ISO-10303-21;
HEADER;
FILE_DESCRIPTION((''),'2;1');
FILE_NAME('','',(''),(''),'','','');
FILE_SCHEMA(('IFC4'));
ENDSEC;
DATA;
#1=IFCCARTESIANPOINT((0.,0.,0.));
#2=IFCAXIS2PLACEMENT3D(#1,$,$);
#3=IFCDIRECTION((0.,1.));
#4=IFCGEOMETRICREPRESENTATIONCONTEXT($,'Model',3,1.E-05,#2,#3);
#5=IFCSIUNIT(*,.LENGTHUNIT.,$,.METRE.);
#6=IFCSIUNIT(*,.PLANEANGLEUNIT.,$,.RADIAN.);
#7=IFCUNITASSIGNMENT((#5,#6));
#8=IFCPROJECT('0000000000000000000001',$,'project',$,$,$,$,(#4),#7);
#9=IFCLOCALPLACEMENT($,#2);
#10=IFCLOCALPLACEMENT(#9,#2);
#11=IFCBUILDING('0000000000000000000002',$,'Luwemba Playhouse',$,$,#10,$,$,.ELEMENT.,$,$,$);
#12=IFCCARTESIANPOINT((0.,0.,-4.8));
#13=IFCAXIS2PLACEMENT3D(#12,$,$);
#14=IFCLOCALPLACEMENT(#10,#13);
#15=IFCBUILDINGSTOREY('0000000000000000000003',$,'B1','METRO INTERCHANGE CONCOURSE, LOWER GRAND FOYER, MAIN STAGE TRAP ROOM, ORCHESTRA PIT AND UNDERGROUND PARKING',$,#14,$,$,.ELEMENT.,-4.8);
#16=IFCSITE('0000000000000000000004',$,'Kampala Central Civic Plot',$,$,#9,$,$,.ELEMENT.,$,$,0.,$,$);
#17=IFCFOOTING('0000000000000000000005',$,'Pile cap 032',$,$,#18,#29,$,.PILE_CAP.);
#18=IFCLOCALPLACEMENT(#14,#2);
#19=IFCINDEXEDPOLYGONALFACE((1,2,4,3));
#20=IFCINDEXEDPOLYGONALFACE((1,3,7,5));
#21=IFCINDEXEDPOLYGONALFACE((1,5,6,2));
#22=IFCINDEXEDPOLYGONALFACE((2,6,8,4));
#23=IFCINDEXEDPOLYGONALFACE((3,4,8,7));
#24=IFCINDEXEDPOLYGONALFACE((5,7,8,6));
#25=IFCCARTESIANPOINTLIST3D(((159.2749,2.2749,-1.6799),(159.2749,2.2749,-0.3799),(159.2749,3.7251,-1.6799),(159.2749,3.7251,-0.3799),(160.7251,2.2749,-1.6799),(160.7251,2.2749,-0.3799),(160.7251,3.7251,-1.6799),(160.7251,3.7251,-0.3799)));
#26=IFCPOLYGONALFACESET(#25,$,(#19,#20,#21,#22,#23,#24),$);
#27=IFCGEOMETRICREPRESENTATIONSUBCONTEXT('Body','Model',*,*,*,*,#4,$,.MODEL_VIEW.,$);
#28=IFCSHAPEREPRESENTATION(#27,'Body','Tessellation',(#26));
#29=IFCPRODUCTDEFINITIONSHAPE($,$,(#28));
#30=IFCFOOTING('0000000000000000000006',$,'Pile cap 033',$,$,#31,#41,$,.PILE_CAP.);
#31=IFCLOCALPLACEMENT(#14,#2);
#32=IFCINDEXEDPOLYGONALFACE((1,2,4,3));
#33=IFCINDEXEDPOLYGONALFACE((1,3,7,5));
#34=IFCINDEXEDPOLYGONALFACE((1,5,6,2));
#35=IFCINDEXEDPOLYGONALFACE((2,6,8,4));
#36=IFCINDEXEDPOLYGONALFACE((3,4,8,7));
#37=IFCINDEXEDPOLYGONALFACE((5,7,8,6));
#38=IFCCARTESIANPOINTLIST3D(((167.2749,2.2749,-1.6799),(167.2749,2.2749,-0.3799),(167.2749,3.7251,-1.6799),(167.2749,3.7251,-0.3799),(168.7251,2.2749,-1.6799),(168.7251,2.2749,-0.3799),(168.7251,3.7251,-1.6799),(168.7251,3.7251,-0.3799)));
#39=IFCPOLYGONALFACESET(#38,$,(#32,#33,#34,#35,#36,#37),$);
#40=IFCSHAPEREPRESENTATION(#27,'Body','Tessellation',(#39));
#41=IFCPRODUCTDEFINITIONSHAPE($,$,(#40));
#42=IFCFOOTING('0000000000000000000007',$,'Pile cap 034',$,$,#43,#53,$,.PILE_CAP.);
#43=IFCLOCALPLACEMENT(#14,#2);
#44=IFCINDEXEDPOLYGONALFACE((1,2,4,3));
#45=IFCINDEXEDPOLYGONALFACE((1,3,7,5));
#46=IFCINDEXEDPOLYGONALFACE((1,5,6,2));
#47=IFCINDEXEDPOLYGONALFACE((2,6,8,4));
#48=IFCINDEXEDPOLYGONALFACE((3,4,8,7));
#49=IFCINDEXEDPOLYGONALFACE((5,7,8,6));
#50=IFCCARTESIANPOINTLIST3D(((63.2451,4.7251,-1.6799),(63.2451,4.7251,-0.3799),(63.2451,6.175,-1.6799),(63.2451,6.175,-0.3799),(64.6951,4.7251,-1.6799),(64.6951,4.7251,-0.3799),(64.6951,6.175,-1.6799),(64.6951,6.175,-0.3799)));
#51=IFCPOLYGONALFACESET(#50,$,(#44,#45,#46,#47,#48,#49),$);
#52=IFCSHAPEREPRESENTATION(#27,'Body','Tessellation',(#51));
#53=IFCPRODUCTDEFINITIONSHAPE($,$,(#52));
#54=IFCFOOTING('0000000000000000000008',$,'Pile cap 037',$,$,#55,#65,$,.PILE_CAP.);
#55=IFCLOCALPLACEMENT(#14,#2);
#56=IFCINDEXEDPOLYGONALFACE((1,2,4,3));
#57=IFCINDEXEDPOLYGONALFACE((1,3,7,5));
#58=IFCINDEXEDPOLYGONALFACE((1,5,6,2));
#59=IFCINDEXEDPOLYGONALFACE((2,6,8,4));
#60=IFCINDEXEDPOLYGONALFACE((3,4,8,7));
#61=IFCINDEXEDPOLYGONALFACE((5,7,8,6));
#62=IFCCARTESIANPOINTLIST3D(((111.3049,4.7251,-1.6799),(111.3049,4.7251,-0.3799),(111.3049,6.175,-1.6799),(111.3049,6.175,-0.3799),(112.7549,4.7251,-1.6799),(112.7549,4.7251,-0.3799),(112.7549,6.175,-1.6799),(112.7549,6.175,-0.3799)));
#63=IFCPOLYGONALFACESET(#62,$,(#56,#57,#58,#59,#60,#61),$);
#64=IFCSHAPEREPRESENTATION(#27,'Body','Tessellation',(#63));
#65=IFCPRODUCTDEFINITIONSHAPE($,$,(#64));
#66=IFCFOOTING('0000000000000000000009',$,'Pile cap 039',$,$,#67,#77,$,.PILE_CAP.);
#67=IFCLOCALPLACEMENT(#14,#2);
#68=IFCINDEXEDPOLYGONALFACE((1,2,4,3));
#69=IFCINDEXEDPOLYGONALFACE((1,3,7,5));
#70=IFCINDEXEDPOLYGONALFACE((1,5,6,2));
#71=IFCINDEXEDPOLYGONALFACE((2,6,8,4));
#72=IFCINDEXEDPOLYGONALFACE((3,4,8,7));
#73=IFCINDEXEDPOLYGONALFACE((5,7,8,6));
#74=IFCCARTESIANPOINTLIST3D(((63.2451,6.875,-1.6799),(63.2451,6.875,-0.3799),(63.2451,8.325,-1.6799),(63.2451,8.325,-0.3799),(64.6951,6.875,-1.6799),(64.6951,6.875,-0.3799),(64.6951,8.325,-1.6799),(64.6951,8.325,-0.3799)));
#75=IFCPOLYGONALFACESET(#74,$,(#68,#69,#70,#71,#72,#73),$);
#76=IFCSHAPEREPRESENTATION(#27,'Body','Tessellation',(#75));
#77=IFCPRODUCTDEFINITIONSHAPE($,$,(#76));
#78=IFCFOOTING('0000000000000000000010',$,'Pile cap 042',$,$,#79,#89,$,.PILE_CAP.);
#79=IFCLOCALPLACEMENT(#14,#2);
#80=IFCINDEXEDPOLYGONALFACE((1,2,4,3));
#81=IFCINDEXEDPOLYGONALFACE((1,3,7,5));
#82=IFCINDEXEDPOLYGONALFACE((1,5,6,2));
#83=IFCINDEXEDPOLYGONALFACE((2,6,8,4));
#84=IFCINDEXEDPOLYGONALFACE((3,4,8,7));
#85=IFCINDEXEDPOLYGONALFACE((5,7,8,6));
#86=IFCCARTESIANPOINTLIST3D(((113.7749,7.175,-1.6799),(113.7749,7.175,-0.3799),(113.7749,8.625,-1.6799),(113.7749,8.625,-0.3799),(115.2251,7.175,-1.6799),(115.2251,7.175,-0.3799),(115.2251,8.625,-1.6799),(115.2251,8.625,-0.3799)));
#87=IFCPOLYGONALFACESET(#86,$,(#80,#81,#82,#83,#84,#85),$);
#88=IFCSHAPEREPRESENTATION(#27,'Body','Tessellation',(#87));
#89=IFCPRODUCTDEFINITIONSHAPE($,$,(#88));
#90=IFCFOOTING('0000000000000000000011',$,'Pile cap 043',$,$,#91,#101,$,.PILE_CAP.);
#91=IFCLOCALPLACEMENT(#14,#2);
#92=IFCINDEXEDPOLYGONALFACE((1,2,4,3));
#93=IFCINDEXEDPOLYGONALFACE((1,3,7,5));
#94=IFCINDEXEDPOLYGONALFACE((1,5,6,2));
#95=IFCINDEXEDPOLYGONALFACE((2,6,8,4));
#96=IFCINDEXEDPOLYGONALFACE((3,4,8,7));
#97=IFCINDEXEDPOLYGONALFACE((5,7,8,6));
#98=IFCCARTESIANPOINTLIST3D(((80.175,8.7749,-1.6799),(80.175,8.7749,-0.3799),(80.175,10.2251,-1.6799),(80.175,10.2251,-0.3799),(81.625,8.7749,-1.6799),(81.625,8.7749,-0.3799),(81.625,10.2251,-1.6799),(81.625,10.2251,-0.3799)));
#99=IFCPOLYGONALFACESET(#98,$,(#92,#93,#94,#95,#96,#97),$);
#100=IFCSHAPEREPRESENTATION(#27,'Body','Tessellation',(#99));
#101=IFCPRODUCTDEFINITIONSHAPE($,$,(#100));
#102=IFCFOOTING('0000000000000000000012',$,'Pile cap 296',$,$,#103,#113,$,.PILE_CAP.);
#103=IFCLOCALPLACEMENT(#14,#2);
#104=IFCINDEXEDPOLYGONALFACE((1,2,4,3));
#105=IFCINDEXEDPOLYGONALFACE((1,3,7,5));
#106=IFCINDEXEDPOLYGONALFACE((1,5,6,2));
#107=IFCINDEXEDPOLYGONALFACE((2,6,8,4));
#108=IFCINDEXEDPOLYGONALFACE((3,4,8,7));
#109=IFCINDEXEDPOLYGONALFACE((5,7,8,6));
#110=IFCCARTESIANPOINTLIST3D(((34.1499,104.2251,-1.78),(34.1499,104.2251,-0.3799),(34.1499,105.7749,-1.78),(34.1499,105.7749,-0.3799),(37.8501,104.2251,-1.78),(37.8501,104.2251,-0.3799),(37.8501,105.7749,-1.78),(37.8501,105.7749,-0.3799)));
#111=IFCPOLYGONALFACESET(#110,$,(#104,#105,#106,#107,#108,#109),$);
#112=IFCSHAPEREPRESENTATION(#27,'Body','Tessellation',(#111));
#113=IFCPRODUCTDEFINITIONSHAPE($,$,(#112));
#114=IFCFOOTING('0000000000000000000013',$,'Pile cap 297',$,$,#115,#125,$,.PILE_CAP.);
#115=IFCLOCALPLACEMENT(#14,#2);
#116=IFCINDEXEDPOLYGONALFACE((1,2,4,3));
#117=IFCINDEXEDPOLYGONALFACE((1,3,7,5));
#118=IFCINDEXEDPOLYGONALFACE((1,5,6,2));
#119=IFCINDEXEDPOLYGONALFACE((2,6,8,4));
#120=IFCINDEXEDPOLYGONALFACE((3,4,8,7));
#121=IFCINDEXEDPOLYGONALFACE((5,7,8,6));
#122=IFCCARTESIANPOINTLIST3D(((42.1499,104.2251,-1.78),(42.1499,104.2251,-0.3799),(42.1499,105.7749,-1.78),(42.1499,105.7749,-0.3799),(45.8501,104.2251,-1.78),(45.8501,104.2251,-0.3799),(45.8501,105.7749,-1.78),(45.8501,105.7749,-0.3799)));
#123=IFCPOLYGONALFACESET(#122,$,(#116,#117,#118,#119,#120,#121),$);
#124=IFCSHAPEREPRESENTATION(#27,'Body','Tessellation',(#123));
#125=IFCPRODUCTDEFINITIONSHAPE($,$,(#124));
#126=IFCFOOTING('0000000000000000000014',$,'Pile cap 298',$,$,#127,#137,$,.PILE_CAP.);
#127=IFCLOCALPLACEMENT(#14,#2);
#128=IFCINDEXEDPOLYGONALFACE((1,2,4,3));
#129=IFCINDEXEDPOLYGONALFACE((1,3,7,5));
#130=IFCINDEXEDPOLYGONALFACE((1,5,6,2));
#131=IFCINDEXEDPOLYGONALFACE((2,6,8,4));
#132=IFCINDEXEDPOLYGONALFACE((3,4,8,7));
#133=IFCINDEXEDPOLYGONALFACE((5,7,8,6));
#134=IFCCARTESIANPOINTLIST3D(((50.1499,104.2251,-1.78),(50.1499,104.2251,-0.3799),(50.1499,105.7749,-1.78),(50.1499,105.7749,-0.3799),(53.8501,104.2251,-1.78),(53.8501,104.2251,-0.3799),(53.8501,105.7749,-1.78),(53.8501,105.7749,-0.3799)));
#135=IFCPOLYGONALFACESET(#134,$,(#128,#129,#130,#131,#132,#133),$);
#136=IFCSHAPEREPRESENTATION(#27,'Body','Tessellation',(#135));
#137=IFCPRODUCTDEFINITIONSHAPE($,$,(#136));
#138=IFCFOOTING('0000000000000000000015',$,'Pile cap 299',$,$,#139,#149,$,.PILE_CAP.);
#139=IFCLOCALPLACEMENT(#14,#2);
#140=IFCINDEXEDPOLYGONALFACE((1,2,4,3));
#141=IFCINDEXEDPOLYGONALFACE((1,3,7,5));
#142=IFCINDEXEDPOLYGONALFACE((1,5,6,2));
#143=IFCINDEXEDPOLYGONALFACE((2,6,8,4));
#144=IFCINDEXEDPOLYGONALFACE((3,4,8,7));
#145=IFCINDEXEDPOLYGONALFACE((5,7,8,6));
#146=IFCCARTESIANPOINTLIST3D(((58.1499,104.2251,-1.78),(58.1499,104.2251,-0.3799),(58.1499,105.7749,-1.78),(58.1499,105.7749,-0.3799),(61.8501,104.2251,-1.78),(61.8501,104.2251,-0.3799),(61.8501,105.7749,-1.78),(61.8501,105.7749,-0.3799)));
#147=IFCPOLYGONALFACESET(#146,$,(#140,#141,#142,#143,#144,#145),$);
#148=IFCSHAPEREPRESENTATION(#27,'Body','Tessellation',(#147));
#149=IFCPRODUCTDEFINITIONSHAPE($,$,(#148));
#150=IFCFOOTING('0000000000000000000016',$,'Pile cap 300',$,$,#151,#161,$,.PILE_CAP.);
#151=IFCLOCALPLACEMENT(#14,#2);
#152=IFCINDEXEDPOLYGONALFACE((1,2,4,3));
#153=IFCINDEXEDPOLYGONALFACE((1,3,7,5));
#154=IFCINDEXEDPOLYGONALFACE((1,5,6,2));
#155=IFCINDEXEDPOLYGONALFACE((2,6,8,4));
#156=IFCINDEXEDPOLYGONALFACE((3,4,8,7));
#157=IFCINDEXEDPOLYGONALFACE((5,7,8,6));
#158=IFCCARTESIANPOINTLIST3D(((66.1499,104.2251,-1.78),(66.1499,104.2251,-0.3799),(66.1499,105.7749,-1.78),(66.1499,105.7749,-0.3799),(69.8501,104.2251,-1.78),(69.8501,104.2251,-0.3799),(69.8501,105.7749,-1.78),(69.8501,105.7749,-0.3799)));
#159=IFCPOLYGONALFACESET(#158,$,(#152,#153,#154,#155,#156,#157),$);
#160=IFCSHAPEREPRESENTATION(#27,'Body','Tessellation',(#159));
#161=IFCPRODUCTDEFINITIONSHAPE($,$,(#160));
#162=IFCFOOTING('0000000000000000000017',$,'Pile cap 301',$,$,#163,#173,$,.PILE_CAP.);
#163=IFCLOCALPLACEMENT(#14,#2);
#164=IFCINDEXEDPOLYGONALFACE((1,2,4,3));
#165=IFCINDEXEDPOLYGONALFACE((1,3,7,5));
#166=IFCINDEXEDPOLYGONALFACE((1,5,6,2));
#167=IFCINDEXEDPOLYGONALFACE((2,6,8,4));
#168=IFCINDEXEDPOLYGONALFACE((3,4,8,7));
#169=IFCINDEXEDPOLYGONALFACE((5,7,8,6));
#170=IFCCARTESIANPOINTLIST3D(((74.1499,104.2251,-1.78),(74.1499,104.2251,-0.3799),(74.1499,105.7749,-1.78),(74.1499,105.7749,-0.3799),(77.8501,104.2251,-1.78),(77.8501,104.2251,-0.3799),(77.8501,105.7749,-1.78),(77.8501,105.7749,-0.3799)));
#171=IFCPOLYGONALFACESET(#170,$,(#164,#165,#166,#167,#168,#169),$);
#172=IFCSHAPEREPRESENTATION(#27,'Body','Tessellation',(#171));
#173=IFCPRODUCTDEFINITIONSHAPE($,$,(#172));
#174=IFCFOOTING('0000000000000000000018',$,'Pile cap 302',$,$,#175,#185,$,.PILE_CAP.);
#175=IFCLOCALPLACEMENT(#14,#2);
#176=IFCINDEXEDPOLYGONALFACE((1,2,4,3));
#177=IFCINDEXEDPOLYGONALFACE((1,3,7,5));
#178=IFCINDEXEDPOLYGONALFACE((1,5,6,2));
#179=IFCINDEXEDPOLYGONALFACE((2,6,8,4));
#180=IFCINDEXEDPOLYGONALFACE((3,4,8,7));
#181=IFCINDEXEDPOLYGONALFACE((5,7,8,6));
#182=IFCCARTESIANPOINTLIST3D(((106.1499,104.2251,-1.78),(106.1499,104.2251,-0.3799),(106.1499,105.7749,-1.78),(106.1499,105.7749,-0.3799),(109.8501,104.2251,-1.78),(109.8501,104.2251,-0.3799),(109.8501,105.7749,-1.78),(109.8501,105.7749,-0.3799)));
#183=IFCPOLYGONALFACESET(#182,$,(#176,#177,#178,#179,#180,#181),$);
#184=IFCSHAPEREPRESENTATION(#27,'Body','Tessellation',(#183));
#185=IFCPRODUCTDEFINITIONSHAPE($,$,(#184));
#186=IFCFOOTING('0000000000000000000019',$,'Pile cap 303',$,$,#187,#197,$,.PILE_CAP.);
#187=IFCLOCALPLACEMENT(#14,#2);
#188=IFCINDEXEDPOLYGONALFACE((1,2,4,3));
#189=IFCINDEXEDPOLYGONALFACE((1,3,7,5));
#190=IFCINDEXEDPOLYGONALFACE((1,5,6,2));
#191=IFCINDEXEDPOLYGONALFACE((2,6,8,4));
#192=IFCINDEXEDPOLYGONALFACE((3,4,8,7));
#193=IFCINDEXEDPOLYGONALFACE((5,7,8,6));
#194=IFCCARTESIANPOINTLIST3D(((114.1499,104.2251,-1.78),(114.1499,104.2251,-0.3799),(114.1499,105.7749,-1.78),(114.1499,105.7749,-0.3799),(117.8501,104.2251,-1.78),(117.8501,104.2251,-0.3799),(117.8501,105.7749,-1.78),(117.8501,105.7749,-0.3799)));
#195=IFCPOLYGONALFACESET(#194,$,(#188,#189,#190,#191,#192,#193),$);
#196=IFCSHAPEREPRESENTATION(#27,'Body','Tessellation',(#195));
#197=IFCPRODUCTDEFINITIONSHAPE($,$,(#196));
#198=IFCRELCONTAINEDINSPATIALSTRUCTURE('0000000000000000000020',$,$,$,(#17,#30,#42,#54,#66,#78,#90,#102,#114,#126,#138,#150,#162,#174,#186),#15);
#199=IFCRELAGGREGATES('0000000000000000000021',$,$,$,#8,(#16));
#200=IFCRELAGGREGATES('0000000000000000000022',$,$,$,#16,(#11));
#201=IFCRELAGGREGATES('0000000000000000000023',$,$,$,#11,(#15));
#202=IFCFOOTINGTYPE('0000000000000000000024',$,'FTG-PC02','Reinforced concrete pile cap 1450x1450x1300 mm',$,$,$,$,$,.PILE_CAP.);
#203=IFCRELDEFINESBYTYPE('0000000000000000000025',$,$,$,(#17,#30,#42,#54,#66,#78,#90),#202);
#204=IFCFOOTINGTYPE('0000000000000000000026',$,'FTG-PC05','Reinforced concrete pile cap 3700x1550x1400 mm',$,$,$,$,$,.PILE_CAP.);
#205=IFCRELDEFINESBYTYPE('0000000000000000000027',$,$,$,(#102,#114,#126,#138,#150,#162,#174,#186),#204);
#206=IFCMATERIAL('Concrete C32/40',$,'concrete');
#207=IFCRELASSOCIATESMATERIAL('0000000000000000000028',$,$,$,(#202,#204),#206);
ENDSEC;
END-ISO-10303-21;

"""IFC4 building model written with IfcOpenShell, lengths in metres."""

from ifc_helpers import new_model, si_unit, direction, frame, origin, place, context, subcontext, project, spatial, polyline, outline, extrude, material, type_object, element, save


model = new_model("IFC4")

# Units and contexts
model_context = context("Model", 3, precision=1e-05, world=origin(), true_north=direction((0.0, 1.0)))
body_context = subcontext(model_context, "Body", "Model", "MODEL_VIEW")
ifc_project = project(units=[si_unit("LENGTHUNIT", "METRE"), si_unit("PLANEANGLEUNIT", "RADIAN")], contexts=[model_context])

# Site, building, storey
site_placement = place(None, origin())
site = spatial("IfcSite", under=ifc_project, at=site_placement, Name="Kampala Central Civic Plot", CompositionType="ELEMENT", RefElevation=0.0)
building_placement = place(site_placement, origin())
building = spatial("IfcBuilding", under=site, at=building_placement, Name="Luwemba Playhouse", CompositionType="ELEMENT")
storey_placement = place(building_placement, frame((0.0, 0.0, -4.8)))
storey = spatial("IfcBuildingStorey", under=building, at=storey_placement, Name="B1", Description="METRO INTERCHANGE CONCOURSE, LOWER GRAND FOYER, MAIN STAGE TRAP ROOM, ORCHESTRA PIT AND UNDERGROUND PARKING", CompositionType="ELEMENT", Elevation=-4.8)

# Footings
ifc_material = material(Name="Concrete C32/40", Category="concrete")
footing_type_1 = type_object("IfcFootingType", Name="FTG-PC02", Description="Reinforced concrete pile cap 1450x1450x1300 mm", PredefinedType="PILE_CAP", material=ifc_material)
footing_1_placement = place(storey_placement, frame((0.0, 0.0, -1.6799)))
element("IfcFooting", 1, at=footing_1_placement, inside=storey, type_object=footing_type_1, Name="Pile cap 032", PredefinedType="PILE_CAP", context=body_context, shape_type="SweptSolid", body=[
    extrude(outline(polyline([(159.2749, 2.2749), (160.7251, 2.2749), (160.7251, 3.7251), (159.2749, 3.7251), (159.2749, 2.2749)])), origin(), (0.0, 0.0, 1.0), 1.3),
])
footing_2_placement = place(storey_placement, frame((0.0, 0.0, -1.6799)))
element("IfcFooting", 2, at=footing_2_placement, inside=storey, type_object=footing_type_1, Name="Pile cap 033", PredefinedType="PILE_CAP", context=body_context, shape_type="SweptSolid", body=[
    extrude(outline(polyline([(167.2749, 2.2749), (168.7251, 2.2749), (168.7251, 3.7251), (167.2749, 3.7251), (167.2749, 2.2749)])), origin(), (0.0, 0.0, 1.0), 1.3),
])
footing_3_placement = place(storey_placement, frame((0.0, 0.0, -1.6799)))
element("IfcFooting", 3, at=footing_3_placement, inside=storey, type_object=footing_type_1, Name="Pile cap 034", PredefinedType="PILE_CAP", context=body_context, shape_type="SweptSolid", body=[
    extrude(outline(polyline([(63.2451, 4.7251), (64.6951, 4.7251), (64.6951, 6.175), (63.2451, 6.175), (63.2451, 4.7251)])), origin(), (0.0, 0.0, 1.0), 1.3),
])
footing_4_placement = place(storey_placement, frame((0.0, 0.0, -1.6799)))
element("IfcFooting", 4, at=footing_4_placement, inside=storey, type_object=footing_type_1, Name="Pile cap 037", PredefinedType="PILE_CAP", context=body_context, shape_type="SweptSolid", body=[
    extrude(outline(polyline([(111.3049, 4.7251), (112.7549, 4.7251), (112.7549, 6.175), (111.3049, 6.175), (111.3049, 4.7251)])), origin(), (0.0, 0.0, 1.0), 1.3),
])
footing_5_placement = place(storey_placement, frame((0.0, 0.0, -1.6799)))
element("IfcFooting", 5, at=footing_5_placement, inside=storey, type_object=footing_type_1, Name="Pile cap 039", PredefinedType="PILE_CAP", context=body_context, shape_type="SweptSolid", body=[
    extrude(outline(polyline([(63.2451, 6.875), (64.6951, 6.875), (64.6951, 8.325), (63.2451, 8.325), (63.2451, 6.875)])), origin(), (0.0, 0.0, 1.0), 1.3),
])
footing_6_placement = place(storey_placement, frame((0.0, 0.0, -1.6799)))
element("IfcFooting", 6, at=footing_6_placement, inside=storey, type_object=footing_type_1, Name="Pile cap 042", PredefinedType="PILE_CAP", context=body_context, shape_type="SweptSolid", body=[
    extrude(outline(polyline([(113.7749, 7.175), (115.2251, 7.175), (115.2251, 8.625), (113.7749, 8.625), (113.7749, 7.175)])), origin(), (0.0, 0.0, 1.0), 1.3),
])
footing_7_placement = place(storey_placement, frame((0.0, 0.0, -1.6799)))
element("IfcFooting", 7, at=footing_7_placement, inside=storey, type_object=footing_type_1, Name="Pile cap 043", PredefinedType="PILE_CAP", context=body_context, shape_type="SweptSolid", body=[
    extrude(outline(polyline([(80.175, 8.7749), (81.625, 8.7749), (81.625, 10.2251), (80.175, 10.2251), (80.175, 8.7749)])), origin(), (0.0, 0.0, 1.0), 1.3),
])
footing_type_2 = type_object("IfcFootingType", Name="FTG-PC05", Description="Reinforced concrete pile cap 3700x1550x1400 mm", PredefinedType="PILE_CAP", material=ifc_material)
footing_8_placement = place(storey_placement, frame((0.0, 0.0, -1.78)))
element("IfcFooting", 8, at=footing_8_placement, inside=storey, type_object=footing_type_2, Name="Pile cap 296", PredefinedType="PILE_CAP", context=body_context, shape_type="SweptSolid", body=[
    extrude(outline(polyline([(34.1499, 104.2251), (37.8501, 104.2251), (37.8501, 105.7749), (34.1499, 105.7749), (34.1499, 104.2251)])), origin(), (0.0, 0.0, 1.0), 1.4001),
])
footing_9_placement = place(storey_placement, frame((0.0, 0.0, -1.78)))
element("IfcFooting", 9, at=footing_9_placement, inside=storey, type_object=footing_type_2, Name="Pile cap 297", PredefinedType="PILE_CAP", context=body_context, shape_type="SweptSolid", body=[
    extrude(outline(polyline([(42.1499, 104.2251), (45.8501, 104.2251), (45.8501, 105.7749), (42.1499, 105.7749), (42.1499, 104.2251)])), origin(), (0.0, 0.0, 1.0), 1.4001),
])
footing_10_placement = place(storey_placement, frame((0.0, 0.0, -1.78)))
element("IfcFooting", 10, at=footing_10_placement, inside=storey, type_object=footing_type_2, Name="Pile cap 298", PredefinedType="PILE_CAP", context=body_context, shape_type="SweptSolid", body=[
    extrude(outline(polyline([(50.1499, 104.2251), (53.8501, 104.2251), (53.8501, 105.7749), (50.1499, 105.7749), (50.1499, 104.2251)])), origin(), (0.0, 0.0, 1.0), 1.4001),
])
footing_11_placement = place(storey_placement, frame((0.0, 0.0, -1.78)))
element("IfcFooting", 11, at=footing_11_placement, inside=storey, type_object=footing_type_2, Name="Pile cap 299", PredefinedType="PILE_CAP", context=body_context, shape_type="SweptSolid", body=[
    extrude(outline(polyline([(58.1499, 104.2251), (61.8501, 104.2251), (61.8501, 105.7749), (58.1499, 105.7749), (58.1499, 104.2251)])), origin(), (0.0, 0.0, 1.0), 1.4001),
])
footing_12_placement = place(storey_placement, frame((0.0, 0.0, -1.78)))
element("IfcFooting", 12, at=footing_12_placement, inside=storey, type_object=footing_type_2, Name="Pile cap 300", PredefinedType="PILE_CAP", context=body_context, shape_type="SweptSolid", body=[
    extrude(outline(polyline([(66.1499, 104.2251), (69.8501, 104.2251), (69.8501, 105.7749), (66.1499, 105.7749), (66.1499, 104.2251)])), origin(), (0.0, 0.0, 1.0), 1.4001),
])
footing_13_placement = place(storey_placement, frame((0.0, 0.0, -1.78)))
element("IfcFooting", 13, at=footing_13_placement, inside=storey, type_object=footing_type_2, Name="Pile cap 301", PredefinedType="PILE_CAP", context=body_context, shape_type="SweptSolid", body=[
    extrude(outline(polyline([(74.1499, 104.2251), (77.8501, 104.2251), (77.8501, 105.7749), (74.1499, 105.7749), (74.1499, 104.2251)])), origin(), (0.0, 0.0, 1.0), 1.4001),
])
footing_14_placement = place(storey_placement, frame((0.0, 0.0, -1.78)))
element("IfcFooting", 14, at=footing_14_placement, inside=storey, type_object=footing_type_2, Name="Pile cap 302", PredefinedType="PILE_CAP", context=body_context, shape_type="SweptSolid", body=[
    extrude(outline(polyline([(106.1499, 104.2251), (109.8501, 104.2251), (109.8501, 105.7749), (106.1499, 105.7749), (106.1499, 104.2251)])), origin(), (0.0, 0.0, 1.0), 1.4001),
])
footing_15_placement = place(storey_placement, frame((0.0, 0.0, -1.78)))
element("IfcFooting", 15, at=footing_15_placement, inside=storey, type_object=footing_type_2, Name="Pile cap 303", PredefinedType="PILE_CAP", context=body_context, shape_type="SweptSolid", body=[
    extrude(outline(polyline([(114.1499, 104.2251), (117.8501, 104.2251), (117.8501, 105.7749), (114.1499, 105.7749), (114.1499, 104.2251)])), origin(), (0.0, 0.0, 1.0), 1.4001),
])

save(model, "model.ifc")
